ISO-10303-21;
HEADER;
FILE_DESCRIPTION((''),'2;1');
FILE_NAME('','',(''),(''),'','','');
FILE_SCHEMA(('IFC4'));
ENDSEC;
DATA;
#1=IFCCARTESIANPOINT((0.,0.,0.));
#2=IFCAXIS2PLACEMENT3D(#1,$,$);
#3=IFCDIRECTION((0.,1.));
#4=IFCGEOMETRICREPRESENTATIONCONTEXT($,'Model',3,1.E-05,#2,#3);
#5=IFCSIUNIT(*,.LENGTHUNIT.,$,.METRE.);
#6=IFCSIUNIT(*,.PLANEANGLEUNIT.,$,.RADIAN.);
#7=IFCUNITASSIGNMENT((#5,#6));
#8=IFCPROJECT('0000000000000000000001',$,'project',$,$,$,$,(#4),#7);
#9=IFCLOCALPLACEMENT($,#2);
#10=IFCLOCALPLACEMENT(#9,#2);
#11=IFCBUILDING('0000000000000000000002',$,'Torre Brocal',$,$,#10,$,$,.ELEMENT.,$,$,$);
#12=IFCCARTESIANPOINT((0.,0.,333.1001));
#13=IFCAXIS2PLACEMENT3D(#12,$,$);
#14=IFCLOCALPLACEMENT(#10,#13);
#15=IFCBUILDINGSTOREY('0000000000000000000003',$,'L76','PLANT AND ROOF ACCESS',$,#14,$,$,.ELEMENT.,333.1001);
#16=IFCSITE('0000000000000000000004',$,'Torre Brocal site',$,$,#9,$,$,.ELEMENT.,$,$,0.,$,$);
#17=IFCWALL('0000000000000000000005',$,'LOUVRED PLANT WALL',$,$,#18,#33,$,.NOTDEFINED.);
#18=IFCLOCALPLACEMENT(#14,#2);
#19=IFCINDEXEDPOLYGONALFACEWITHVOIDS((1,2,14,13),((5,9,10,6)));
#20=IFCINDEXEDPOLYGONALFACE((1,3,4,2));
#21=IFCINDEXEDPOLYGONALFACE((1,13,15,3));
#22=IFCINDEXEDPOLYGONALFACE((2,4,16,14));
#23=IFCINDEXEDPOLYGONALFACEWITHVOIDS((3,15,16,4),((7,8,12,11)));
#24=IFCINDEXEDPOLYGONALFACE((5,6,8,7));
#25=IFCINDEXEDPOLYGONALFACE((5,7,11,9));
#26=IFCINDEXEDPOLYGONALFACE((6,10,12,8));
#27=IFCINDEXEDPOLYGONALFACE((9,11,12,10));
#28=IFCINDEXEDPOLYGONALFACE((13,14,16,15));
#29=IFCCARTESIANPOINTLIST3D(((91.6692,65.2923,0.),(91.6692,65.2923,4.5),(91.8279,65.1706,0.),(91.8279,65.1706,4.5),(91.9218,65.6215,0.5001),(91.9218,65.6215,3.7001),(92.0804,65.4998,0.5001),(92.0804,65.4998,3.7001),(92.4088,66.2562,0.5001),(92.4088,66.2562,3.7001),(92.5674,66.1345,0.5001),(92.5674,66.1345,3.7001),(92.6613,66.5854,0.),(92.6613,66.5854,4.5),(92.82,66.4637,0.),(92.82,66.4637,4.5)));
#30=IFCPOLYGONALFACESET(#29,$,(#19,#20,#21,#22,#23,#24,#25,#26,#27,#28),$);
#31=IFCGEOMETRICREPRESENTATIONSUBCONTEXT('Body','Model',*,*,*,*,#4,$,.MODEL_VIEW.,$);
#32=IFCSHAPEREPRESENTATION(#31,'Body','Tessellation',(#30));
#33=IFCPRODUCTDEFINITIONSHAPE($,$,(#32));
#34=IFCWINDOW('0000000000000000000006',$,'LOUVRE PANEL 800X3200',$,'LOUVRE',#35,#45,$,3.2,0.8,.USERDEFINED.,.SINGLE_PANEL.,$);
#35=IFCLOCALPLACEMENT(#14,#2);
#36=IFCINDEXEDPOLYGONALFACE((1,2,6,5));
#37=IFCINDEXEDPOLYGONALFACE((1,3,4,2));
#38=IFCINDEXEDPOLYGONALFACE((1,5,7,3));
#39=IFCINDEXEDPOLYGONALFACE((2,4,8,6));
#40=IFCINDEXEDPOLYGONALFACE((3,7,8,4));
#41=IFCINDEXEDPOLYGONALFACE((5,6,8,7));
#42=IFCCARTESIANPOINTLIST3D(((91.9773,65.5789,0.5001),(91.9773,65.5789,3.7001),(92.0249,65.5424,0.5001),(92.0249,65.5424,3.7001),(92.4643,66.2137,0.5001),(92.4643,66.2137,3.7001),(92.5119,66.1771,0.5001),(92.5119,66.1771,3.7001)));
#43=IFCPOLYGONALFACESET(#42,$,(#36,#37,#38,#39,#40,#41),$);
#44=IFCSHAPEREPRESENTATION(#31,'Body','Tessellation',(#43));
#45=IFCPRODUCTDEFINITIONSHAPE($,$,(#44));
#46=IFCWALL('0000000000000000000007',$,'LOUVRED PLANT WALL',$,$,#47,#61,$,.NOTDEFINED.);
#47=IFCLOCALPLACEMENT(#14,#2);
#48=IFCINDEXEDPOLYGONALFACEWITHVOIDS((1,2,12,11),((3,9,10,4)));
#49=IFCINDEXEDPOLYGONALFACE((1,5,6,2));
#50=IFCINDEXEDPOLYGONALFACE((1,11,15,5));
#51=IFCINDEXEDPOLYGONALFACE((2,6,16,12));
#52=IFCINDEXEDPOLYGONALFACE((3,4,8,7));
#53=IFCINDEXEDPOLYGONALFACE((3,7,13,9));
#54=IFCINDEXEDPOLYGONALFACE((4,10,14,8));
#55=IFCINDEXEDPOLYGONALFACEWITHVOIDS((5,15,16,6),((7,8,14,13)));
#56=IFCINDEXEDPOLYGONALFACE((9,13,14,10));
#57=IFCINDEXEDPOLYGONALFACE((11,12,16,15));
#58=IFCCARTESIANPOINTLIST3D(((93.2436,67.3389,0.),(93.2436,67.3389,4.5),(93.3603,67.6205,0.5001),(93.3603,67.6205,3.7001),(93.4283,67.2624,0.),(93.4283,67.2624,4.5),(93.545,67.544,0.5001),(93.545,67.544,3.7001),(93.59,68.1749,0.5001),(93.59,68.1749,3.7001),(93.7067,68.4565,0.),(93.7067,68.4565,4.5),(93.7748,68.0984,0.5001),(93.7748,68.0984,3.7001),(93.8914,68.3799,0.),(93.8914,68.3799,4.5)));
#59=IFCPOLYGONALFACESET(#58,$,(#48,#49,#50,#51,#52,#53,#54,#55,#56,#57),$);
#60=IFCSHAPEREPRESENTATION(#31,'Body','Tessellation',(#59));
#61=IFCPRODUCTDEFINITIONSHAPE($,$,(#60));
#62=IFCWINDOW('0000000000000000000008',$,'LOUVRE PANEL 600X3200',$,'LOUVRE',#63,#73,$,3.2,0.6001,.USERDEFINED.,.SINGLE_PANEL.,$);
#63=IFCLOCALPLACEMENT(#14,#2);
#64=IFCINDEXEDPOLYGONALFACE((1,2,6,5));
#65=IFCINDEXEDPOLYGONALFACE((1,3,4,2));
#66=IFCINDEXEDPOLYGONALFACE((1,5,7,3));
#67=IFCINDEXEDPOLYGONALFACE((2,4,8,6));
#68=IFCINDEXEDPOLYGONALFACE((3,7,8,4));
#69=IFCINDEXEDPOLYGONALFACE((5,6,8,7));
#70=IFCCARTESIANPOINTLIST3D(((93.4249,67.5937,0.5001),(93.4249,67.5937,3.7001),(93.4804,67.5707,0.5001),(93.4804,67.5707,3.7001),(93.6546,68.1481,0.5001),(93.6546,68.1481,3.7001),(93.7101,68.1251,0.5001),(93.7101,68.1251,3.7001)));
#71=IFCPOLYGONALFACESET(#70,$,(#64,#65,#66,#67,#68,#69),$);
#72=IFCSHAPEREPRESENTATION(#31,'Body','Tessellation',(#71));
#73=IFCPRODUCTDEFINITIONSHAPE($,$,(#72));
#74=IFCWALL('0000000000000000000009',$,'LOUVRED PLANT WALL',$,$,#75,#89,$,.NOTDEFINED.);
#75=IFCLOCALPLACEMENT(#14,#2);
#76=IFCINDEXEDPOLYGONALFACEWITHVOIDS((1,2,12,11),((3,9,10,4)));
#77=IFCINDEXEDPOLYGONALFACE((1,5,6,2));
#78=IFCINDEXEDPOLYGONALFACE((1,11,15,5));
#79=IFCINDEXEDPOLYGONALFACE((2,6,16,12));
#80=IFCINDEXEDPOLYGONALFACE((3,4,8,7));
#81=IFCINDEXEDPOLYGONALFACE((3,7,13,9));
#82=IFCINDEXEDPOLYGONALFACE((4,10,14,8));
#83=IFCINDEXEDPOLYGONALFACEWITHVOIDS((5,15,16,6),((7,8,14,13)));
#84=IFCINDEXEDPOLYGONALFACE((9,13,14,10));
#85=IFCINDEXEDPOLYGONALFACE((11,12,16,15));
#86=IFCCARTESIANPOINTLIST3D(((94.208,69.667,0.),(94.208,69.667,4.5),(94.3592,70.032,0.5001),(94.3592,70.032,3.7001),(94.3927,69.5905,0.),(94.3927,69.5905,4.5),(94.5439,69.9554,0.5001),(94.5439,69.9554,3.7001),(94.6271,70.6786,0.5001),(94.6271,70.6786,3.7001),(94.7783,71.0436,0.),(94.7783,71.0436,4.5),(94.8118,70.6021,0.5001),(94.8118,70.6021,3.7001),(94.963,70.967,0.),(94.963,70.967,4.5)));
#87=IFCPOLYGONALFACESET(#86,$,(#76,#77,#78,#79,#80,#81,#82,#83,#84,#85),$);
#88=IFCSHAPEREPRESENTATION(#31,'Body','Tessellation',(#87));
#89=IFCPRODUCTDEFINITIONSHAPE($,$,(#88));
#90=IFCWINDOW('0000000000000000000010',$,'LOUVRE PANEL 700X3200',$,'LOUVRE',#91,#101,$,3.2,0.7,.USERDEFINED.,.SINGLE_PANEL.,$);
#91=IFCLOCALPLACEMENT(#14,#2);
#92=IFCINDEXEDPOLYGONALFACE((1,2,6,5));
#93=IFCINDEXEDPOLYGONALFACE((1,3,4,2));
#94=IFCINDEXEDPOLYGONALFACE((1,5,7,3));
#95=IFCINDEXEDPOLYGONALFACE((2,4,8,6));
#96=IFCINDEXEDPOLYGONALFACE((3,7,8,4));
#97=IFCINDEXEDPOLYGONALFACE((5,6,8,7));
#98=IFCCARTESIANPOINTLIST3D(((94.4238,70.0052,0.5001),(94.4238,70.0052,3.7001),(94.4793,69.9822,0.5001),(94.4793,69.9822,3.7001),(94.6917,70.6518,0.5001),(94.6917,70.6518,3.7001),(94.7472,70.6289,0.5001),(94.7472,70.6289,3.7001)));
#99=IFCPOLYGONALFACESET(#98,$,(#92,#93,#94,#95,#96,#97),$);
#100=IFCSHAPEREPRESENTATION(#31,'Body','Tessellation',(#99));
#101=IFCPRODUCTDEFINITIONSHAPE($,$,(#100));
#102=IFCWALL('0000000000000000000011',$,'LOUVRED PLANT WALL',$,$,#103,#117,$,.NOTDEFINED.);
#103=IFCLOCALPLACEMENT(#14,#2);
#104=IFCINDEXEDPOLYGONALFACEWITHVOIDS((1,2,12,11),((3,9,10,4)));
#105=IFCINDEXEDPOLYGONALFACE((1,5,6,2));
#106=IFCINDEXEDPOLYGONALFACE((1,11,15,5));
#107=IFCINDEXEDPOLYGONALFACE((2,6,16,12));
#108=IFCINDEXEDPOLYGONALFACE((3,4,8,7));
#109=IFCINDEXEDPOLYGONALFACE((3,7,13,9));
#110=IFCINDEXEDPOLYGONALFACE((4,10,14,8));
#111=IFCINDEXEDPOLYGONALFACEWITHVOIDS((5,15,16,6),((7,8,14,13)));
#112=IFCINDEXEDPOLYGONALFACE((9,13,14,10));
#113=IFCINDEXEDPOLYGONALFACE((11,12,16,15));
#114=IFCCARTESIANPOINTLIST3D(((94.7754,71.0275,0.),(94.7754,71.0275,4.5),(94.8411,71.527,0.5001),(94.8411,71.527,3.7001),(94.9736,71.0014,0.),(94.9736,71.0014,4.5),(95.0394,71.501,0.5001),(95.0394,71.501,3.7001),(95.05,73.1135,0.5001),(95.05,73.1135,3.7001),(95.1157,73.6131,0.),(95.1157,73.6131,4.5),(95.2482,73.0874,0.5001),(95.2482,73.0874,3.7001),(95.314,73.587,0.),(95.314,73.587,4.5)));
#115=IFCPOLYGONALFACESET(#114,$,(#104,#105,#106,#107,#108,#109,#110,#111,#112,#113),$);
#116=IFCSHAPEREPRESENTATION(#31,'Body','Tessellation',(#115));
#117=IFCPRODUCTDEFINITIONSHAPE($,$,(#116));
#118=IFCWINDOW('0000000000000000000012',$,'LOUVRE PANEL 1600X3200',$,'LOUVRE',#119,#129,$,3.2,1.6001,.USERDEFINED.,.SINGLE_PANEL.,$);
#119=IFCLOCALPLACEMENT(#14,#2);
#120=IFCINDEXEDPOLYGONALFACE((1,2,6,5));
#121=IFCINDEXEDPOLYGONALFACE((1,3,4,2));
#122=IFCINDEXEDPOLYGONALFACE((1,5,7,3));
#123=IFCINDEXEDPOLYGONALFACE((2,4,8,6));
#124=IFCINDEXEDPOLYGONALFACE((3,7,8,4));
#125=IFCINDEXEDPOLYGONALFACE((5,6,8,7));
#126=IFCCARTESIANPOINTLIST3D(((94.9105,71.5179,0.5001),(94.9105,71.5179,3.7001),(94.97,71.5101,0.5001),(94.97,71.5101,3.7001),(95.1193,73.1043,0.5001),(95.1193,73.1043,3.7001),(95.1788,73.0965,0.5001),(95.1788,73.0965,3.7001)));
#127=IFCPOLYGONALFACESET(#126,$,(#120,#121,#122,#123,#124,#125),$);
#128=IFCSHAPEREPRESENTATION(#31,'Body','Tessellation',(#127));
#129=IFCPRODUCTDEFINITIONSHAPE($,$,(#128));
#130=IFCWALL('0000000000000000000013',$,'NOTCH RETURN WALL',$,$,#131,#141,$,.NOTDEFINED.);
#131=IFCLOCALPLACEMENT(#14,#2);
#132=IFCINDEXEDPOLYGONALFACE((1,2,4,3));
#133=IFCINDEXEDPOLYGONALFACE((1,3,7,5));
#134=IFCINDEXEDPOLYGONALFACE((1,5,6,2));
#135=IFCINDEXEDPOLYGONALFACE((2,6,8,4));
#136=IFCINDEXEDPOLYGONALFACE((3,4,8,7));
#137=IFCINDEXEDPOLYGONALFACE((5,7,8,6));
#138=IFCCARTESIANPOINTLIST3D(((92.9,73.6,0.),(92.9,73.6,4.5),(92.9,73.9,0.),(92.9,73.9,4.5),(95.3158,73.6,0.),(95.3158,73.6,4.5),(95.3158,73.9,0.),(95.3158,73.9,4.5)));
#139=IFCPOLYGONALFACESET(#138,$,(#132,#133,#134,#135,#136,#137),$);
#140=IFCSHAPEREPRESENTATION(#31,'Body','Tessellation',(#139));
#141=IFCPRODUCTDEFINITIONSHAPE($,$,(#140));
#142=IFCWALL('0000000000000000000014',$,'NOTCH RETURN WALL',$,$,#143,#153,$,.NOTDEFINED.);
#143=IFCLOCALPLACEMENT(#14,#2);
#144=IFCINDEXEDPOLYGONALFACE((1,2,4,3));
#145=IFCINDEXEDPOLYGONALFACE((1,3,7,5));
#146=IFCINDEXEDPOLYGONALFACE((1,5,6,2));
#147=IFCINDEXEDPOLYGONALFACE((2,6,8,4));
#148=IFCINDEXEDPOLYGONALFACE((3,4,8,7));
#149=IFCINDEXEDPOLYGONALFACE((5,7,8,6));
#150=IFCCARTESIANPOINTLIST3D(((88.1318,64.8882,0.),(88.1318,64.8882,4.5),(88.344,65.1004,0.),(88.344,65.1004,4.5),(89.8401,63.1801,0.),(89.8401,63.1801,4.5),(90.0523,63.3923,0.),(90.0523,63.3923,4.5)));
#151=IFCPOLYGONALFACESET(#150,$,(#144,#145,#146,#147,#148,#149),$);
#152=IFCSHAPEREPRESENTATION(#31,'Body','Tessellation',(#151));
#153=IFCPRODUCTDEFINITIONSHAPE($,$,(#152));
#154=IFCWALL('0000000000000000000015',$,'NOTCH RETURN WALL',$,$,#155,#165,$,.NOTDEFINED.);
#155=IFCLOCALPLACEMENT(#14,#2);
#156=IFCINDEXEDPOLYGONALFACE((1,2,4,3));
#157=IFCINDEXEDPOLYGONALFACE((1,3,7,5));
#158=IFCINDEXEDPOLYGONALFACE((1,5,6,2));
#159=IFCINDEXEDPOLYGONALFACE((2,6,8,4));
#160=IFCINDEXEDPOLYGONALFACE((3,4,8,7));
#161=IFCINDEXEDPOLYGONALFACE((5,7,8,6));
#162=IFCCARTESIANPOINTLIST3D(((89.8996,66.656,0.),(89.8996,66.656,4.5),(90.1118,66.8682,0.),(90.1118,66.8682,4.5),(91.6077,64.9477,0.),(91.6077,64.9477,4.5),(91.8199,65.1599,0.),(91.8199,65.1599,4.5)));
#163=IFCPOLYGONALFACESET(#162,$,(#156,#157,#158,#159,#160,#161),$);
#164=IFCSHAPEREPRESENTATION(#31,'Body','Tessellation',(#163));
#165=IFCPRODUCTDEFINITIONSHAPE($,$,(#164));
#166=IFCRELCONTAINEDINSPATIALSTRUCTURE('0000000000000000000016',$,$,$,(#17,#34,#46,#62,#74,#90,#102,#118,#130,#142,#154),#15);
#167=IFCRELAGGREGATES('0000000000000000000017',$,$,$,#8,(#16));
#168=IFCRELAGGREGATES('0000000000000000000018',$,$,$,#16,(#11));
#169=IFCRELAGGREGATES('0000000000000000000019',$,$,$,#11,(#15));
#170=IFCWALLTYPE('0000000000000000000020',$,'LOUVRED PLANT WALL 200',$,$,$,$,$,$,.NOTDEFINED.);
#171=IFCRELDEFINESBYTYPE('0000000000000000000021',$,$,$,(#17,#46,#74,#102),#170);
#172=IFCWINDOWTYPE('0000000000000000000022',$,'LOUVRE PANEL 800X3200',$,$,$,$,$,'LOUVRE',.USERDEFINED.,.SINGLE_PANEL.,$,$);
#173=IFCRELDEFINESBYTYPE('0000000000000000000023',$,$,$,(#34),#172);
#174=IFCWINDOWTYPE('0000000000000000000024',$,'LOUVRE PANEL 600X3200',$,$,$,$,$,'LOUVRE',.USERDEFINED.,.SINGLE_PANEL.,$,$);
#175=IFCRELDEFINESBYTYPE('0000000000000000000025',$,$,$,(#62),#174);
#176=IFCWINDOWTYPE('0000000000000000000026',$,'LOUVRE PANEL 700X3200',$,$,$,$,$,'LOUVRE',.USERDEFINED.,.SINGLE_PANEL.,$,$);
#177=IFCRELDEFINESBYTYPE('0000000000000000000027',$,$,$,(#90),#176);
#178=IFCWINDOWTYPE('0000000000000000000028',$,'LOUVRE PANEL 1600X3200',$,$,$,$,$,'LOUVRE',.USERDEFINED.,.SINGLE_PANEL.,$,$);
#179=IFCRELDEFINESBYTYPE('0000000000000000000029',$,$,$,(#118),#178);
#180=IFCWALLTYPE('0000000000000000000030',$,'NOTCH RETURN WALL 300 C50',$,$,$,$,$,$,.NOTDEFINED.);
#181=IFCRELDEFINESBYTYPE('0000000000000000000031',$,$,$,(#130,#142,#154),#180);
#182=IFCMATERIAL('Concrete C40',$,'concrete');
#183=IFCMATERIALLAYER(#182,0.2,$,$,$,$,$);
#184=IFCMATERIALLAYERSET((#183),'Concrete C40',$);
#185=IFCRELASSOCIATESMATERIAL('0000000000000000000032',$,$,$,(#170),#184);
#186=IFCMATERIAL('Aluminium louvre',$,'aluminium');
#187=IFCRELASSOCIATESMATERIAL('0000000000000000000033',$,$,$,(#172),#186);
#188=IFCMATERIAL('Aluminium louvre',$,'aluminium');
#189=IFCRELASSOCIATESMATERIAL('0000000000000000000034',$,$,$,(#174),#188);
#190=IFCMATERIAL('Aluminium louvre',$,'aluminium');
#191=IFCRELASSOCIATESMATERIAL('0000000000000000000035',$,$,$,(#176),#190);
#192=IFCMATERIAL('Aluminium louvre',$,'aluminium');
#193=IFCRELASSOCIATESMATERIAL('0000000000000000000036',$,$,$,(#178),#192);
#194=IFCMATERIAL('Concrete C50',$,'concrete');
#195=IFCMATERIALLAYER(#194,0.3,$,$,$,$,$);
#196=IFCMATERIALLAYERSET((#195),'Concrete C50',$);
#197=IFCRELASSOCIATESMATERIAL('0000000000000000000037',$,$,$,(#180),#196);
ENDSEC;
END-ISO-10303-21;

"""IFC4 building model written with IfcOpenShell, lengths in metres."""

from ifc_helpers import new_model, si_unit, direction, frame, frame_2d, origin, place, context, subcontext, project, spatial, rectangle, extrude, material, layer, layer_set, type_object, element, fill, save


model = new_model("IFC4")

# Units and contexts
model_context = context("Model", 3, precision=1e-05, world=origin(), true_north=direction((0.0, 1.0)))
body_context = subcontext(model_context, "Body", "Model", "MODEL_VIEW")
ifc_project = project(units=[si_unit("LENGTHUNIT", "METRE"), si_unit("PLANEANGLEUNIT", "RADIAN")], contexts=[model_context])

# Site, building, storey
site_placement = place(None, origin())
site = spatial("IfcSite", under=ifc_project, at=site_placement, Name="Torre Brocal site", CompositionType="ELEMENT", RefElevation=0.0)
building_placement = place(site_placement, origin())
building = spatial("IfcBuilding", under=site, at=building_placement, Name="Torre Brocal", CompositionType="ELEMENT")
storey_placement = place(building_placement, frame((0.0, 0.0, 333.1001)))
storey = spatial("IfcBuildingStorey", under=building, at=storey_placement, Name="L76", Description="PLANT AND ROOF ACCESS", CompositionType="ELEMENT", Elevation=333.1001)

# Walls, openings, windows
ifc_material_1 = material(Name="Concrete C40", Category="concrete")
ifc_layer_1 = layer(ifc_material_1, 0.2)
ifc_layer_set_1 = layer_set([ifc_layer_1], Name="Concrete C40")
wall_type_1 = type_object("IfcWallType", Name="LOUVRED PLANT WALL 200", PredefinedType="NOTDEFINED", material=ifc_layer_set_1)
wall_1_placement = place(storey_placement, frame((91.7485, 65.2314, 0.0), z_axis=(0.0, 0.0, 1.0), x_axis=(0.608711, 0.793392, 0.0)))
wall_1 = element("IfcWall", 1, at=wall_1_placement, inside=storey, type_object=wall_type_1, Name="LOUVRED PLANT WALL", PredefinedType="NOTDEFINED", context=body_context, shape_type="SweptSolid", body=[
    extrude(rectangle(XDim=1.6299, YDim=0.2, at=frame_2d((0.8149, 0.0))), origin(), (0.0, 0.0, 1.0), 4.5),
])
opening_1_placement = place(wall_1_placement, frame((0.415, 0.0, 0.5)))
opening_1 = element("IfcOpeningElement", 2, at=opening_1_placement, cuts=wall_1, PredefinedType="OPENING", context=body_context, shape_type="SweptSolid", body=[
    extrude(rectangle(XDim=0.8, YDim=3.2, at=frame_2d((0.3999, 1.6001))), frame((0.0, 0.1099, 0.0), z_axis=(0.0, -1.0, 0.0), x_axis=(1.0, 0.0, 0.0)), (0.0, 0.0, 1.0), 0.22),
])
ifc_material_2 = material(Name="Aluminium louvre", Category="aluminium")
window_type_1 = type_object("IfcWindowType", Name="LOUVRE PANEL 800X3200", ElementType="LOUVRE", PartitioningType="SINGLE_PANEL", PredefinedType="USERDEFINED", material=ifc_material_2)
window_1_placement = place(opening_1_placement, origin())
window_1 = element("IfcWindow", 3, at=window_1_placement, inside=storey, type_object=window_type_1, Name="LOUVRE PANEL 800X3200", ObjectType="LOUVRE", OverallHeight=3.2, OverallWidth=0.8, PartitioningType="SINGLE_PANEL", PredefinedType="USERDEFINED", context=body_context, shape_type="SweptSolid", body=[
    extrude(rectangle(XDim=0.8, YDim=3.2, at=frame_2d((0.3999, 1.6001))), frame((0.0, 0.03, 0.0), z_axis=(0.0, -1.0, 0.0), x_axis=(1.0, 0.0, 0.0)), (0.0, 0.0, 1.0), 0.0601),
])
fill(opening_1, window_1)
wall_2_placement = place(storey_placement, frame((93.3359, 67.3005, 0.0), z_axis=(0.0, 0.0, 1.0), x_axis=(0.382809, 0.923827, 0.0)))
wall_2 = element("IfcWall", 4, at=wall_2_placement, inside=storey, type_object=wall_type_1, Name="LOUVRED PLANT WALL", PredefinedType="NOTDEFINED", context=body_context, shape_type="SweptSolid", body=[
    extrude(rectangle(XDim=1.2097, YDim=0.2, at=frame_2d((0.605, 0.0))), origin(), (0.0, 0.0, 1.0), 4.5),
])
opening_2_placement = place(wall_2_placement, frame((0.3049, 0.0, 0.5)))
opening_2 = element("IfcOpeningElement", 5, at=opening_2_placement, cuts=wall_2, PredefinedType="OPENING", context=body_context, shape_type="SweptSolid", body=[
    extrude(rectangle(XDim=0.6001, YDim=3.2, at=frame_2d((0.3, 1.6001))), frame((0.0, 0.1099, 0.0), z_axis=(0.0, -1.0, 0.0), x_axis=(1.0, 0.0, 0.0)), (0.0, 0.0, 1.0), 0.22),
])
ifc_material_3 = material(Name="Aluminium louvre", Category="aluminium")
window_type_2 = type_object("IfcWindowType", Name="LOUVRE PANEL 600X3200", ElementType="LOUVRE", PartitioningType="SINGLE_PANEL", PredefinedType="USERDEFINED", material=ifc_material_3)
window_2_placement = place(opening_2_placement, origin())
window_2 = element("IfcWindow", 6, at=window_2_placement, inside=storey, type_object=window_type_2, Name="LOUVRE PANEL 600X3200", ObjectType="LOUVRE", OverallHeight=3.2, OverallWidth=0.6001, PartitioningType="SINGLE_PANEL", PredefinedType="USERDEFINED", context=body_context, shape_type="SweptSolid", body=[
    extrude(rectangle(XDim=0.6001, YDim=3.2, at=frame_2d((0.3, 1.6001))), frame((0.0, 0.03, 0.0), z_axis=(0.0, -1.0, 0.0), x_axis=(1.0, 0.0, 0.0)), (0.0, 0.0, 1.0), 0.0601),
])
fill(opening_2, window_2)
wall_3_placement = place(storey_placement, frame((94.3003, 69.6287, 0.0), z_axis=(0.0, 0.0, 1.0), x_axis=(0.382776, 0.923841, 0.0)))
wall_3 = element("IfcWall", 7, at=wall_3_placement, inside=storey, type_object=wall_type_1, Name="LOUVRED PLANT WALL", PredefinedType="NOTDEFINED", context=body_context, shape_type="SweptSolid", body=[
    extrude(rectangle(XDim=1.49, YDim=0.2, at=frame_2d((0.7451, 0.0))), origin(), (0.0, 0.0, 1.0), 4.5),
])
opening_3_placement = place(wall_3_placement, frame((0.395, 0.0, 0.5)))
opening_3 = element("IfcOpeningElement", 8, at=opening_3_placement, cuts=wall_3, PredefinedType="OPENING", context=body_context, shape_type="SweptSolid", body=[
    extrude(rectangle(XDim=0.7, YDim=3.2, at=frame_2d((0.3501, 1.6001))), frame((0.0, 0.1099, 0.0), z_axis=(0.0, -1.0, 0.0), x_axis=(1.0, 0.0, 0.0)), (0.0, 0.0, 1.0), 0.22),
])
ifc_material_4 = material(Name="Aluminium louvre", Category="aluminium")
window_type_3 = type_object("IfcWindowType", Name="LOUVRE PANEL 700X3200", ElementType="LOUVRE", PartitioningType="SINGLE_PANEL", PredefinedType="USERDEFINED", material=ifc_material_4)
window_3_placement = place(opening_3_placement, origin())
window_3 = element("IfcWindow", 9, at=window_3_placement, inside=storey, type_object=window_type_3, Name="LOUVRE PANEL 700X3200", ObjectType="LOUVRE", OverallHeight=3.2, OverallWidth=0.7, PartitioningType="SINGLE_PANEL", PredefinedType="USERDEFINED", context=body_context, shape_type="SweptSolid", body=[
    extrude(rectangle(XDim=0.7, YDim=3.2, at=frame_2d((0.3501, 1.6001))), frame((0.0, 0.03, 0.0), z_axis=(0.0, -1.0, 0.0), x_axis=(1.0, 0.0, 0.0)), (0.0, 0.0, 1.0), 0.0601),
])
fill(opening_3, window_3)
wall_4_placement = place(storey_placement, frame((94.8745, 71.0144, 0.0), z_axis=(0.0, 0.0, 1.0), x_axis=(0.130496, 0.991449, 0.0)))
wall_4 = element("IfcWall", 10, at=wall_4_placement, inside=storey, type_object=wall_type_1, Name="LOUVRED PLANT WALL", PredefinedType="NOTDEFINED", context=body_context, shape_type="SweptSolid", body=[
    extrude(rectangle(XDim=2.6079, YDim=0.2, at=frame_2d((1.304, 0.0))), origin(), (0.0, 0.0, 1.0), 4.5),
])
opening_4_placement = place(wall_4_placement, frame((0.5039, 0.0, 0.5)))
opening_4 = element("IfcOpeningElement", 11, at=opening_4_placement, cuts=wall_4, PredefinedType="OPENING", context=body_context, shape_type="SweptSolid", body=[
    extrude(rectangle(XDim=1.6001, YDim=3.2, at=frame_2d((0.8, 1.6001))), frame((0.0, 0.1099, 0.0), z_axis=(0.0, -1.0, 0.0), x_axis=(1.0, 0.0, 0.0)), (0.0, 0.0, 1.0), 0.22),
])
ifc_material_5 = material(Name="Aluminium louvre", Category="aluminium")
window_type_4 = type_object("IfcWindowType", Name="LOUVRE PANEL 1600X3200", ElementType="LOUVRE", PartitioningType="SINGLE_PANEL", PredefinedType="USERDEFINED", material=ifc_material_5)
window_4_placement = place(opening_4_placement, origin())
window_4 = element("IfcWindow", 12, at=window_4_placement, inside=storey, type_object=window_type_4, Name="LOUVRE PANEL 1600X3200", ObjectType="LOUVRE", OverallHeight=3.2, OverallWidth=1.6001, PartitioningType="SINGLE_PANEL", PredefinedType="USERDEFINED", context=body_context, shape_type="SweptSolid", body=[
    extrude(rectangle(XDim=1.6001, YDim=3.2, at=frame_2d((0.8, 1.6001))), frame((0.0, 0.03, 0.0), z_axis=(0.0, -1.0, 0.0), x_axis=(1.0, 0.0, 0.0)), (0.0, 0.0, 1.0), 0.0601),
])
fill(opening_4, window_4)

# Walls
ifc_material_6 = material(Name="Concrete C50", Category="concrete")
ifc_layer_2 = layer(ifc_material_6, 0.3)
ifc_layer_set_2 = layer_set([ifc_layer_2], Name="Concrete C50")
wall_type_2 = type_object("IfcWallType", Name="NOTCH RETURN WALL 300 C50", PredefinedType="NOTDEFINED", material=ifc_layer_set_2)
for number, where, z_axis, x_axis, name in (
    (13, (92.8999, 73.75, 0.0), (0.0, 0.0, 1.0), (1.0, 0.0, 0.0), "NOTCH RETURN WALL"),
    (14, (88.2378, 64.9944, 0.0), (0.0, 0.0, 1.0), (0.707157, -0.707056, 0.0), "NOTCH RETURN WALL"),
    (15, (90.0056, 66.7622, 0.0), (0.0, 0.0, 1.0), (0.707056, -0.707157, 0.0), "NOTCH RETURN WALL"),
):
    element("IfcWall", number, at=place(storey_placement, frame(where, z_axis=z_axis, x_axis=x_axis)), inside=storey, type_object=wall_type_2, Name=name, PredefinedType="NOTDEFINED", context=body_context, shape_type="SweptSolid", body=[
        extrude(rectangle(XDim=2.4158, YDim=0.3, at=frame_2d((1.208, 0.0))), origin(), (0.0, 0.0, 1.0), 4.5),
    ])

save(model, "model.ifc")
